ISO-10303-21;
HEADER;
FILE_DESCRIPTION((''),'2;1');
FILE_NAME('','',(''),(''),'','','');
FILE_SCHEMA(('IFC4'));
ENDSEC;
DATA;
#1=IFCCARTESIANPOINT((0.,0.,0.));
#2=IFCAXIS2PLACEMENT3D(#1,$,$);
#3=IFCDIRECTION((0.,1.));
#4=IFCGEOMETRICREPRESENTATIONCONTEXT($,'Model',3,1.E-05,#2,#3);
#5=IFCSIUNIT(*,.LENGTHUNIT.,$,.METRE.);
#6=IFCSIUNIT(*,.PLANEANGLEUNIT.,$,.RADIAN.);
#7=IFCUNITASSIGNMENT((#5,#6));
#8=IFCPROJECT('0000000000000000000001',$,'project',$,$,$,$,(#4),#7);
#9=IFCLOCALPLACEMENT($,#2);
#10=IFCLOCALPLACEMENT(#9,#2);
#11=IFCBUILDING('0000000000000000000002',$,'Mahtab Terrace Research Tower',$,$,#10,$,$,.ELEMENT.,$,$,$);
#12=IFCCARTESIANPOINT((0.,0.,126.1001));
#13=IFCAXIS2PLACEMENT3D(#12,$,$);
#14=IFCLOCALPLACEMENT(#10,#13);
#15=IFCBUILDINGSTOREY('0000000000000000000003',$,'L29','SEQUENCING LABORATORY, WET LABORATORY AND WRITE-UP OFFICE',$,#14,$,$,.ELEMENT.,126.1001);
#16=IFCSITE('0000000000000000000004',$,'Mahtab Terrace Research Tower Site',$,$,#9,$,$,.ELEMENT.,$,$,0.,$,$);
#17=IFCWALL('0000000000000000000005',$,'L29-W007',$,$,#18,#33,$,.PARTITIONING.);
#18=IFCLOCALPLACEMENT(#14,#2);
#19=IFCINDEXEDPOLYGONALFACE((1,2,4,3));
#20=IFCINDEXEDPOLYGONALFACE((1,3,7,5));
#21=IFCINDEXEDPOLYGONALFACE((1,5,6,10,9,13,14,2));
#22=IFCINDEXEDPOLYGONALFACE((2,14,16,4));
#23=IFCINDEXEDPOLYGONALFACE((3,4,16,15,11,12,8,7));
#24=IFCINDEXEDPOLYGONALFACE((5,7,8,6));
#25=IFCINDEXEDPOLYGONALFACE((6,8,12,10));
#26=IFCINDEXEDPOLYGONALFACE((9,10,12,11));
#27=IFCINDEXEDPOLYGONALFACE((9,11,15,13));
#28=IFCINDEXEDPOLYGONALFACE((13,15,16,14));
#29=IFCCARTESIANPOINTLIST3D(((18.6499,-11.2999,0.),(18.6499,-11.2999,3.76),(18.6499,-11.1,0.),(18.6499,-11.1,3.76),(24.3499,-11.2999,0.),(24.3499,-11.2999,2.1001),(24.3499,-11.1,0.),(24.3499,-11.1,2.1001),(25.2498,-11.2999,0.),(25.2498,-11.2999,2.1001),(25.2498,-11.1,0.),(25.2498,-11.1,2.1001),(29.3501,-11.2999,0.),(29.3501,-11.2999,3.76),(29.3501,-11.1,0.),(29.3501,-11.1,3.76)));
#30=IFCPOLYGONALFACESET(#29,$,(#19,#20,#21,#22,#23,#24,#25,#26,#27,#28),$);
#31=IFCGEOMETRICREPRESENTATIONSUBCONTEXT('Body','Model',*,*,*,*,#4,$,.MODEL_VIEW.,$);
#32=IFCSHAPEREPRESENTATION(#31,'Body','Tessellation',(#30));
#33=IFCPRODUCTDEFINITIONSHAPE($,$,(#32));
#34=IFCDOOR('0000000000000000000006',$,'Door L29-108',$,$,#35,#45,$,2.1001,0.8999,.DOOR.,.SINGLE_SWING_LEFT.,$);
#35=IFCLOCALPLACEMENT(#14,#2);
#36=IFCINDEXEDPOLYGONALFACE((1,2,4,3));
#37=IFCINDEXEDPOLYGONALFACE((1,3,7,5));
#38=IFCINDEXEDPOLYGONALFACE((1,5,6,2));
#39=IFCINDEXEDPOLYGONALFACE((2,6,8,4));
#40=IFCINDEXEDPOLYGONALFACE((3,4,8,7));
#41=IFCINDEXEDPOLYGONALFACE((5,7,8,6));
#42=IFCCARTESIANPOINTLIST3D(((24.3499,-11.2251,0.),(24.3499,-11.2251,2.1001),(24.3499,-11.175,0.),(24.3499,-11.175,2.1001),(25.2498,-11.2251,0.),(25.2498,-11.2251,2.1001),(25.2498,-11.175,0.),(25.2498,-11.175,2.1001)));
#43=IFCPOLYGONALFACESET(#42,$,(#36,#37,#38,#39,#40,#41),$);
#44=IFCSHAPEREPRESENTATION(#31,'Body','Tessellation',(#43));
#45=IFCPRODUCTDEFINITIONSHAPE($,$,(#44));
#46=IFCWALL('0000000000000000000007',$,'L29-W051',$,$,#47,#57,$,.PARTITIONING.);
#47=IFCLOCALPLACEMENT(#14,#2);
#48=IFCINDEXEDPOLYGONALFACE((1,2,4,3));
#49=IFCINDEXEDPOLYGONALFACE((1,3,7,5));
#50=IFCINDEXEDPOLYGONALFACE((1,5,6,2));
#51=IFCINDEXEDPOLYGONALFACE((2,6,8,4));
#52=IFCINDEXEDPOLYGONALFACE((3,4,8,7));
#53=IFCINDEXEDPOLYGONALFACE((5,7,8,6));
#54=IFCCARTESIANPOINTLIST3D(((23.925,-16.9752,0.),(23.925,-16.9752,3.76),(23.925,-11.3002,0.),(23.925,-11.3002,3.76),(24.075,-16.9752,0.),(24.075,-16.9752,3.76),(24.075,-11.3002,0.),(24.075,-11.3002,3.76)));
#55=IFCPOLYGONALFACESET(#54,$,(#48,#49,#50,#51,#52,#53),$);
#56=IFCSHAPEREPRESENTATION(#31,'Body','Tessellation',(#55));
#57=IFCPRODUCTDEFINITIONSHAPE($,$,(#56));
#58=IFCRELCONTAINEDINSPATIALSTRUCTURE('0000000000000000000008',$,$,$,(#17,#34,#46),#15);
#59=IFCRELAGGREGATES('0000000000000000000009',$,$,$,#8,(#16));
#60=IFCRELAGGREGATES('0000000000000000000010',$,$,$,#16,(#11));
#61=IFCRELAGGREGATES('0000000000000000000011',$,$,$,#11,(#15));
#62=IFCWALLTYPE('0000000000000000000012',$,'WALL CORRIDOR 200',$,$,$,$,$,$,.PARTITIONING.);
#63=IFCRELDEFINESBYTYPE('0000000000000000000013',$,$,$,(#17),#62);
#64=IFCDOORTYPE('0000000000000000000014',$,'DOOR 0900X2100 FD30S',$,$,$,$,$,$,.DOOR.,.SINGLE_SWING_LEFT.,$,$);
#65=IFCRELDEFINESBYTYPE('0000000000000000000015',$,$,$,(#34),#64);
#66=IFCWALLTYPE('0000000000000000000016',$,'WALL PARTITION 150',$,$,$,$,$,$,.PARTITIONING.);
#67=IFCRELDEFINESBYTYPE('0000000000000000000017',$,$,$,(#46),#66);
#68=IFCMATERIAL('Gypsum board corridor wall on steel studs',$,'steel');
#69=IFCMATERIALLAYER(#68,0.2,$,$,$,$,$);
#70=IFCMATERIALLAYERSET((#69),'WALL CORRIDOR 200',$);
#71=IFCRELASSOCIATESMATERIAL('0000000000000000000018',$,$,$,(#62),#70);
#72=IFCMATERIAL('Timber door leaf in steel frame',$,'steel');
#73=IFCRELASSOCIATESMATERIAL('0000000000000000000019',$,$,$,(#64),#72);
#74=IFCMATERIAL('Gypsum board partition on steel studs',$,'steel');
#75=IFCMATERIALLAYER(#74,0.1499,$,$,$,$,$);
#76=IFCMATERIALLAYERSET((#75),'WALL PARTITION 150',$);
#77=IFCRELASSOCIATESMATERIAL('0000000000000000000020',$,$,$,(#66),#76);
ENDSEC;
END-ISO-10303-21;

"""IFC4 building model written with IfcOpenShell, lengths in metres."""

from ifc_helpers import new_model, si_unit, direction, frame, frame_2d, origin, place, context, subcontext, project, spatial, rectangle, extrude, material, layer, layer_set, type_object, element, fill, save


model = new_model("IFC4")

# Units and contexts
model_context = context("Model", 3, precision=1e-05, world=origin(), true_north=direction((0.0, 1.0)))
body_context = subcontext(model_context, "Body", "Model", "MODEL_VIEW")
ifc_project = project(units=[si_unit("LENGTHUNIT", "METRE"), si_unit("PLANEANGLEUNIT", "RADIAN")], contexts=[model_context])

# Site, building, storey
site_placement = place(None, origin())
site = spatial("IfcSite", under=ifc_project, at=site_placement, Name="Mahtab Terrace Research Tower Site", CompositionType="ELEMENT", RefElevation=0.0)
building_placement = place(site_placement, origin())
building = spatial("IfcBuilding", under=site, at=building_placement, Name="Mahtab Terrace Research Tower", CompositionType="ELEMENT")
storey_placement = place(building_placement, frame((0.0, 0.0, 126.1001)))
storey = spatial("IfcBuildingStorey", under=building, at=storey_placement, Name="L29", Description="SEQUENCING LABORATORY, WET LABORATORY AND WRITE-UP OFFICE", CompositionType="ELEMENT", Elevation=126.1001)

# Wall, opening, door
ifc_material_1 = material(Name="Gypsum board corridor wall on steel studs", Category="steel")
ifc_layer_1 = layer(ifc_material_1, 0.2)
ifc_layer_set_1 = layer_set([ifc_layer_1], Name="WALL CORRIDOR 200")
wall_type_1 = type_object("IfcWallType", Name="WALL CORRIDOR 200", PredefinedType="PARTITIONING", material=ifc_layer_set_1)
wall_1_placement = place(storey_placement, frame((18.6499, -11.2, 0.0), z_axis=(0.0, 0.0, 1.0), x_axis=(1.0, 0.0, 0.0)))
wall_1 = element("IfcWall", 1, at=wall_1_placement, inside=storey, type_object=wall_type_1, Name="L29-W007", PredefinedType="PARTITIONING", context=body_context, shape_type="SweptSolid", body=[
    extrude(rectangle(XDim=10.7002, YDim=0.2, at=frame_2d((5.3501, 0.0))), origin(), (0.0, 0.0, 1.0), 3.76),
])
opening_1_placement = place(wall_1_placement, frame((5.7, 0.0, 0.0)))
opening_1 = element("IfcOpeningElement", 2, at=opening_1_placement, cuts=wall_1, PredefinedType="OPENING", context=body_context, shape_type="SweptSolid", body=[
    extrude(rectangle(XDim=0.8999, YDim=2.1001, at=frame_2d((0.45, 1.05))), frame((0.0, 0.1099, 0.0), z_axis=(0.0, -1.0, 0.0), x_axis=(1.0, 0.0, 0.0)), (0.0, 0.0, 1.0), 0.22),
])
ifc_material_2 = material(Name="Timber door leaf in steel frame", Category="steel")
door_type_1 = type_object("IfcDoorType", Name="DOOR 0900X2100 FD30S", OperationType="SINGLE_SWING_LEFT", PredefinedType="DOOR", material=ifc_material_2)
door_1_placement = place(opening_1_placement, origin())
door_1 = element("IfcDoor", 3, at=door_1_placement, inside=storey, type_object=door_type_1, Name="Door L29-108", OperationType="SINGLE_SWING_LEFT", OverallHeight=2.1001, OverallWidth=0.8999, PredefinedType="DOOR", context=body_context, shape_type="SweptSolid", body=[
    extrude(rectangle(XDim=0.8999, YDim=2.1001, at=frame_2d((0.45, 1.05))), frame((0.0, 0.0249, 0.0), z_axis=(0.0, -1.0, 0.0), x_axis=(1.0, 0.0, 0.0)), (0.0, 0.0, 1.0), 0.05),
])
fill(opening_1, door_1)

# Wall
ifc_material_3 = material(Name="Gypsum board partition on steel studs", Category="steel")
ifc_layer_2 = layer(ifc_material_3, 0.1499)
ifc_layer_set_2 = layer_set([ifc_layer_2], Name="WALL PARTITION 150")
wall_type_2 = type_object("IfcWallType", Name="WALL PARTITION 150", PredefinedType="PARTITIONING", material=ifc_layer_set_2)
wall_2_placement = place(storey_placement, frame((24.0, -16.9751, 0.0), z_axis=(0.0, 0.0, 1.0), x_axis=(0.0, 1.0, 0.0)))
element("IfcWall", 4, at=wall_2_placement, inside=storey, type_object=wall_type_2, Name="L29-W051", PredefinedType="PARTITIONING", context=body_context, shape_type="SweptSolid", body=[
    extrude(rectangle(XDim=5.675, YDim=0.1499, at=frame_2d((2.8374, 0.0))), origin(), (0.0, 0.0, 1.0), 3.76),
])

save(model, "model.ifc")
